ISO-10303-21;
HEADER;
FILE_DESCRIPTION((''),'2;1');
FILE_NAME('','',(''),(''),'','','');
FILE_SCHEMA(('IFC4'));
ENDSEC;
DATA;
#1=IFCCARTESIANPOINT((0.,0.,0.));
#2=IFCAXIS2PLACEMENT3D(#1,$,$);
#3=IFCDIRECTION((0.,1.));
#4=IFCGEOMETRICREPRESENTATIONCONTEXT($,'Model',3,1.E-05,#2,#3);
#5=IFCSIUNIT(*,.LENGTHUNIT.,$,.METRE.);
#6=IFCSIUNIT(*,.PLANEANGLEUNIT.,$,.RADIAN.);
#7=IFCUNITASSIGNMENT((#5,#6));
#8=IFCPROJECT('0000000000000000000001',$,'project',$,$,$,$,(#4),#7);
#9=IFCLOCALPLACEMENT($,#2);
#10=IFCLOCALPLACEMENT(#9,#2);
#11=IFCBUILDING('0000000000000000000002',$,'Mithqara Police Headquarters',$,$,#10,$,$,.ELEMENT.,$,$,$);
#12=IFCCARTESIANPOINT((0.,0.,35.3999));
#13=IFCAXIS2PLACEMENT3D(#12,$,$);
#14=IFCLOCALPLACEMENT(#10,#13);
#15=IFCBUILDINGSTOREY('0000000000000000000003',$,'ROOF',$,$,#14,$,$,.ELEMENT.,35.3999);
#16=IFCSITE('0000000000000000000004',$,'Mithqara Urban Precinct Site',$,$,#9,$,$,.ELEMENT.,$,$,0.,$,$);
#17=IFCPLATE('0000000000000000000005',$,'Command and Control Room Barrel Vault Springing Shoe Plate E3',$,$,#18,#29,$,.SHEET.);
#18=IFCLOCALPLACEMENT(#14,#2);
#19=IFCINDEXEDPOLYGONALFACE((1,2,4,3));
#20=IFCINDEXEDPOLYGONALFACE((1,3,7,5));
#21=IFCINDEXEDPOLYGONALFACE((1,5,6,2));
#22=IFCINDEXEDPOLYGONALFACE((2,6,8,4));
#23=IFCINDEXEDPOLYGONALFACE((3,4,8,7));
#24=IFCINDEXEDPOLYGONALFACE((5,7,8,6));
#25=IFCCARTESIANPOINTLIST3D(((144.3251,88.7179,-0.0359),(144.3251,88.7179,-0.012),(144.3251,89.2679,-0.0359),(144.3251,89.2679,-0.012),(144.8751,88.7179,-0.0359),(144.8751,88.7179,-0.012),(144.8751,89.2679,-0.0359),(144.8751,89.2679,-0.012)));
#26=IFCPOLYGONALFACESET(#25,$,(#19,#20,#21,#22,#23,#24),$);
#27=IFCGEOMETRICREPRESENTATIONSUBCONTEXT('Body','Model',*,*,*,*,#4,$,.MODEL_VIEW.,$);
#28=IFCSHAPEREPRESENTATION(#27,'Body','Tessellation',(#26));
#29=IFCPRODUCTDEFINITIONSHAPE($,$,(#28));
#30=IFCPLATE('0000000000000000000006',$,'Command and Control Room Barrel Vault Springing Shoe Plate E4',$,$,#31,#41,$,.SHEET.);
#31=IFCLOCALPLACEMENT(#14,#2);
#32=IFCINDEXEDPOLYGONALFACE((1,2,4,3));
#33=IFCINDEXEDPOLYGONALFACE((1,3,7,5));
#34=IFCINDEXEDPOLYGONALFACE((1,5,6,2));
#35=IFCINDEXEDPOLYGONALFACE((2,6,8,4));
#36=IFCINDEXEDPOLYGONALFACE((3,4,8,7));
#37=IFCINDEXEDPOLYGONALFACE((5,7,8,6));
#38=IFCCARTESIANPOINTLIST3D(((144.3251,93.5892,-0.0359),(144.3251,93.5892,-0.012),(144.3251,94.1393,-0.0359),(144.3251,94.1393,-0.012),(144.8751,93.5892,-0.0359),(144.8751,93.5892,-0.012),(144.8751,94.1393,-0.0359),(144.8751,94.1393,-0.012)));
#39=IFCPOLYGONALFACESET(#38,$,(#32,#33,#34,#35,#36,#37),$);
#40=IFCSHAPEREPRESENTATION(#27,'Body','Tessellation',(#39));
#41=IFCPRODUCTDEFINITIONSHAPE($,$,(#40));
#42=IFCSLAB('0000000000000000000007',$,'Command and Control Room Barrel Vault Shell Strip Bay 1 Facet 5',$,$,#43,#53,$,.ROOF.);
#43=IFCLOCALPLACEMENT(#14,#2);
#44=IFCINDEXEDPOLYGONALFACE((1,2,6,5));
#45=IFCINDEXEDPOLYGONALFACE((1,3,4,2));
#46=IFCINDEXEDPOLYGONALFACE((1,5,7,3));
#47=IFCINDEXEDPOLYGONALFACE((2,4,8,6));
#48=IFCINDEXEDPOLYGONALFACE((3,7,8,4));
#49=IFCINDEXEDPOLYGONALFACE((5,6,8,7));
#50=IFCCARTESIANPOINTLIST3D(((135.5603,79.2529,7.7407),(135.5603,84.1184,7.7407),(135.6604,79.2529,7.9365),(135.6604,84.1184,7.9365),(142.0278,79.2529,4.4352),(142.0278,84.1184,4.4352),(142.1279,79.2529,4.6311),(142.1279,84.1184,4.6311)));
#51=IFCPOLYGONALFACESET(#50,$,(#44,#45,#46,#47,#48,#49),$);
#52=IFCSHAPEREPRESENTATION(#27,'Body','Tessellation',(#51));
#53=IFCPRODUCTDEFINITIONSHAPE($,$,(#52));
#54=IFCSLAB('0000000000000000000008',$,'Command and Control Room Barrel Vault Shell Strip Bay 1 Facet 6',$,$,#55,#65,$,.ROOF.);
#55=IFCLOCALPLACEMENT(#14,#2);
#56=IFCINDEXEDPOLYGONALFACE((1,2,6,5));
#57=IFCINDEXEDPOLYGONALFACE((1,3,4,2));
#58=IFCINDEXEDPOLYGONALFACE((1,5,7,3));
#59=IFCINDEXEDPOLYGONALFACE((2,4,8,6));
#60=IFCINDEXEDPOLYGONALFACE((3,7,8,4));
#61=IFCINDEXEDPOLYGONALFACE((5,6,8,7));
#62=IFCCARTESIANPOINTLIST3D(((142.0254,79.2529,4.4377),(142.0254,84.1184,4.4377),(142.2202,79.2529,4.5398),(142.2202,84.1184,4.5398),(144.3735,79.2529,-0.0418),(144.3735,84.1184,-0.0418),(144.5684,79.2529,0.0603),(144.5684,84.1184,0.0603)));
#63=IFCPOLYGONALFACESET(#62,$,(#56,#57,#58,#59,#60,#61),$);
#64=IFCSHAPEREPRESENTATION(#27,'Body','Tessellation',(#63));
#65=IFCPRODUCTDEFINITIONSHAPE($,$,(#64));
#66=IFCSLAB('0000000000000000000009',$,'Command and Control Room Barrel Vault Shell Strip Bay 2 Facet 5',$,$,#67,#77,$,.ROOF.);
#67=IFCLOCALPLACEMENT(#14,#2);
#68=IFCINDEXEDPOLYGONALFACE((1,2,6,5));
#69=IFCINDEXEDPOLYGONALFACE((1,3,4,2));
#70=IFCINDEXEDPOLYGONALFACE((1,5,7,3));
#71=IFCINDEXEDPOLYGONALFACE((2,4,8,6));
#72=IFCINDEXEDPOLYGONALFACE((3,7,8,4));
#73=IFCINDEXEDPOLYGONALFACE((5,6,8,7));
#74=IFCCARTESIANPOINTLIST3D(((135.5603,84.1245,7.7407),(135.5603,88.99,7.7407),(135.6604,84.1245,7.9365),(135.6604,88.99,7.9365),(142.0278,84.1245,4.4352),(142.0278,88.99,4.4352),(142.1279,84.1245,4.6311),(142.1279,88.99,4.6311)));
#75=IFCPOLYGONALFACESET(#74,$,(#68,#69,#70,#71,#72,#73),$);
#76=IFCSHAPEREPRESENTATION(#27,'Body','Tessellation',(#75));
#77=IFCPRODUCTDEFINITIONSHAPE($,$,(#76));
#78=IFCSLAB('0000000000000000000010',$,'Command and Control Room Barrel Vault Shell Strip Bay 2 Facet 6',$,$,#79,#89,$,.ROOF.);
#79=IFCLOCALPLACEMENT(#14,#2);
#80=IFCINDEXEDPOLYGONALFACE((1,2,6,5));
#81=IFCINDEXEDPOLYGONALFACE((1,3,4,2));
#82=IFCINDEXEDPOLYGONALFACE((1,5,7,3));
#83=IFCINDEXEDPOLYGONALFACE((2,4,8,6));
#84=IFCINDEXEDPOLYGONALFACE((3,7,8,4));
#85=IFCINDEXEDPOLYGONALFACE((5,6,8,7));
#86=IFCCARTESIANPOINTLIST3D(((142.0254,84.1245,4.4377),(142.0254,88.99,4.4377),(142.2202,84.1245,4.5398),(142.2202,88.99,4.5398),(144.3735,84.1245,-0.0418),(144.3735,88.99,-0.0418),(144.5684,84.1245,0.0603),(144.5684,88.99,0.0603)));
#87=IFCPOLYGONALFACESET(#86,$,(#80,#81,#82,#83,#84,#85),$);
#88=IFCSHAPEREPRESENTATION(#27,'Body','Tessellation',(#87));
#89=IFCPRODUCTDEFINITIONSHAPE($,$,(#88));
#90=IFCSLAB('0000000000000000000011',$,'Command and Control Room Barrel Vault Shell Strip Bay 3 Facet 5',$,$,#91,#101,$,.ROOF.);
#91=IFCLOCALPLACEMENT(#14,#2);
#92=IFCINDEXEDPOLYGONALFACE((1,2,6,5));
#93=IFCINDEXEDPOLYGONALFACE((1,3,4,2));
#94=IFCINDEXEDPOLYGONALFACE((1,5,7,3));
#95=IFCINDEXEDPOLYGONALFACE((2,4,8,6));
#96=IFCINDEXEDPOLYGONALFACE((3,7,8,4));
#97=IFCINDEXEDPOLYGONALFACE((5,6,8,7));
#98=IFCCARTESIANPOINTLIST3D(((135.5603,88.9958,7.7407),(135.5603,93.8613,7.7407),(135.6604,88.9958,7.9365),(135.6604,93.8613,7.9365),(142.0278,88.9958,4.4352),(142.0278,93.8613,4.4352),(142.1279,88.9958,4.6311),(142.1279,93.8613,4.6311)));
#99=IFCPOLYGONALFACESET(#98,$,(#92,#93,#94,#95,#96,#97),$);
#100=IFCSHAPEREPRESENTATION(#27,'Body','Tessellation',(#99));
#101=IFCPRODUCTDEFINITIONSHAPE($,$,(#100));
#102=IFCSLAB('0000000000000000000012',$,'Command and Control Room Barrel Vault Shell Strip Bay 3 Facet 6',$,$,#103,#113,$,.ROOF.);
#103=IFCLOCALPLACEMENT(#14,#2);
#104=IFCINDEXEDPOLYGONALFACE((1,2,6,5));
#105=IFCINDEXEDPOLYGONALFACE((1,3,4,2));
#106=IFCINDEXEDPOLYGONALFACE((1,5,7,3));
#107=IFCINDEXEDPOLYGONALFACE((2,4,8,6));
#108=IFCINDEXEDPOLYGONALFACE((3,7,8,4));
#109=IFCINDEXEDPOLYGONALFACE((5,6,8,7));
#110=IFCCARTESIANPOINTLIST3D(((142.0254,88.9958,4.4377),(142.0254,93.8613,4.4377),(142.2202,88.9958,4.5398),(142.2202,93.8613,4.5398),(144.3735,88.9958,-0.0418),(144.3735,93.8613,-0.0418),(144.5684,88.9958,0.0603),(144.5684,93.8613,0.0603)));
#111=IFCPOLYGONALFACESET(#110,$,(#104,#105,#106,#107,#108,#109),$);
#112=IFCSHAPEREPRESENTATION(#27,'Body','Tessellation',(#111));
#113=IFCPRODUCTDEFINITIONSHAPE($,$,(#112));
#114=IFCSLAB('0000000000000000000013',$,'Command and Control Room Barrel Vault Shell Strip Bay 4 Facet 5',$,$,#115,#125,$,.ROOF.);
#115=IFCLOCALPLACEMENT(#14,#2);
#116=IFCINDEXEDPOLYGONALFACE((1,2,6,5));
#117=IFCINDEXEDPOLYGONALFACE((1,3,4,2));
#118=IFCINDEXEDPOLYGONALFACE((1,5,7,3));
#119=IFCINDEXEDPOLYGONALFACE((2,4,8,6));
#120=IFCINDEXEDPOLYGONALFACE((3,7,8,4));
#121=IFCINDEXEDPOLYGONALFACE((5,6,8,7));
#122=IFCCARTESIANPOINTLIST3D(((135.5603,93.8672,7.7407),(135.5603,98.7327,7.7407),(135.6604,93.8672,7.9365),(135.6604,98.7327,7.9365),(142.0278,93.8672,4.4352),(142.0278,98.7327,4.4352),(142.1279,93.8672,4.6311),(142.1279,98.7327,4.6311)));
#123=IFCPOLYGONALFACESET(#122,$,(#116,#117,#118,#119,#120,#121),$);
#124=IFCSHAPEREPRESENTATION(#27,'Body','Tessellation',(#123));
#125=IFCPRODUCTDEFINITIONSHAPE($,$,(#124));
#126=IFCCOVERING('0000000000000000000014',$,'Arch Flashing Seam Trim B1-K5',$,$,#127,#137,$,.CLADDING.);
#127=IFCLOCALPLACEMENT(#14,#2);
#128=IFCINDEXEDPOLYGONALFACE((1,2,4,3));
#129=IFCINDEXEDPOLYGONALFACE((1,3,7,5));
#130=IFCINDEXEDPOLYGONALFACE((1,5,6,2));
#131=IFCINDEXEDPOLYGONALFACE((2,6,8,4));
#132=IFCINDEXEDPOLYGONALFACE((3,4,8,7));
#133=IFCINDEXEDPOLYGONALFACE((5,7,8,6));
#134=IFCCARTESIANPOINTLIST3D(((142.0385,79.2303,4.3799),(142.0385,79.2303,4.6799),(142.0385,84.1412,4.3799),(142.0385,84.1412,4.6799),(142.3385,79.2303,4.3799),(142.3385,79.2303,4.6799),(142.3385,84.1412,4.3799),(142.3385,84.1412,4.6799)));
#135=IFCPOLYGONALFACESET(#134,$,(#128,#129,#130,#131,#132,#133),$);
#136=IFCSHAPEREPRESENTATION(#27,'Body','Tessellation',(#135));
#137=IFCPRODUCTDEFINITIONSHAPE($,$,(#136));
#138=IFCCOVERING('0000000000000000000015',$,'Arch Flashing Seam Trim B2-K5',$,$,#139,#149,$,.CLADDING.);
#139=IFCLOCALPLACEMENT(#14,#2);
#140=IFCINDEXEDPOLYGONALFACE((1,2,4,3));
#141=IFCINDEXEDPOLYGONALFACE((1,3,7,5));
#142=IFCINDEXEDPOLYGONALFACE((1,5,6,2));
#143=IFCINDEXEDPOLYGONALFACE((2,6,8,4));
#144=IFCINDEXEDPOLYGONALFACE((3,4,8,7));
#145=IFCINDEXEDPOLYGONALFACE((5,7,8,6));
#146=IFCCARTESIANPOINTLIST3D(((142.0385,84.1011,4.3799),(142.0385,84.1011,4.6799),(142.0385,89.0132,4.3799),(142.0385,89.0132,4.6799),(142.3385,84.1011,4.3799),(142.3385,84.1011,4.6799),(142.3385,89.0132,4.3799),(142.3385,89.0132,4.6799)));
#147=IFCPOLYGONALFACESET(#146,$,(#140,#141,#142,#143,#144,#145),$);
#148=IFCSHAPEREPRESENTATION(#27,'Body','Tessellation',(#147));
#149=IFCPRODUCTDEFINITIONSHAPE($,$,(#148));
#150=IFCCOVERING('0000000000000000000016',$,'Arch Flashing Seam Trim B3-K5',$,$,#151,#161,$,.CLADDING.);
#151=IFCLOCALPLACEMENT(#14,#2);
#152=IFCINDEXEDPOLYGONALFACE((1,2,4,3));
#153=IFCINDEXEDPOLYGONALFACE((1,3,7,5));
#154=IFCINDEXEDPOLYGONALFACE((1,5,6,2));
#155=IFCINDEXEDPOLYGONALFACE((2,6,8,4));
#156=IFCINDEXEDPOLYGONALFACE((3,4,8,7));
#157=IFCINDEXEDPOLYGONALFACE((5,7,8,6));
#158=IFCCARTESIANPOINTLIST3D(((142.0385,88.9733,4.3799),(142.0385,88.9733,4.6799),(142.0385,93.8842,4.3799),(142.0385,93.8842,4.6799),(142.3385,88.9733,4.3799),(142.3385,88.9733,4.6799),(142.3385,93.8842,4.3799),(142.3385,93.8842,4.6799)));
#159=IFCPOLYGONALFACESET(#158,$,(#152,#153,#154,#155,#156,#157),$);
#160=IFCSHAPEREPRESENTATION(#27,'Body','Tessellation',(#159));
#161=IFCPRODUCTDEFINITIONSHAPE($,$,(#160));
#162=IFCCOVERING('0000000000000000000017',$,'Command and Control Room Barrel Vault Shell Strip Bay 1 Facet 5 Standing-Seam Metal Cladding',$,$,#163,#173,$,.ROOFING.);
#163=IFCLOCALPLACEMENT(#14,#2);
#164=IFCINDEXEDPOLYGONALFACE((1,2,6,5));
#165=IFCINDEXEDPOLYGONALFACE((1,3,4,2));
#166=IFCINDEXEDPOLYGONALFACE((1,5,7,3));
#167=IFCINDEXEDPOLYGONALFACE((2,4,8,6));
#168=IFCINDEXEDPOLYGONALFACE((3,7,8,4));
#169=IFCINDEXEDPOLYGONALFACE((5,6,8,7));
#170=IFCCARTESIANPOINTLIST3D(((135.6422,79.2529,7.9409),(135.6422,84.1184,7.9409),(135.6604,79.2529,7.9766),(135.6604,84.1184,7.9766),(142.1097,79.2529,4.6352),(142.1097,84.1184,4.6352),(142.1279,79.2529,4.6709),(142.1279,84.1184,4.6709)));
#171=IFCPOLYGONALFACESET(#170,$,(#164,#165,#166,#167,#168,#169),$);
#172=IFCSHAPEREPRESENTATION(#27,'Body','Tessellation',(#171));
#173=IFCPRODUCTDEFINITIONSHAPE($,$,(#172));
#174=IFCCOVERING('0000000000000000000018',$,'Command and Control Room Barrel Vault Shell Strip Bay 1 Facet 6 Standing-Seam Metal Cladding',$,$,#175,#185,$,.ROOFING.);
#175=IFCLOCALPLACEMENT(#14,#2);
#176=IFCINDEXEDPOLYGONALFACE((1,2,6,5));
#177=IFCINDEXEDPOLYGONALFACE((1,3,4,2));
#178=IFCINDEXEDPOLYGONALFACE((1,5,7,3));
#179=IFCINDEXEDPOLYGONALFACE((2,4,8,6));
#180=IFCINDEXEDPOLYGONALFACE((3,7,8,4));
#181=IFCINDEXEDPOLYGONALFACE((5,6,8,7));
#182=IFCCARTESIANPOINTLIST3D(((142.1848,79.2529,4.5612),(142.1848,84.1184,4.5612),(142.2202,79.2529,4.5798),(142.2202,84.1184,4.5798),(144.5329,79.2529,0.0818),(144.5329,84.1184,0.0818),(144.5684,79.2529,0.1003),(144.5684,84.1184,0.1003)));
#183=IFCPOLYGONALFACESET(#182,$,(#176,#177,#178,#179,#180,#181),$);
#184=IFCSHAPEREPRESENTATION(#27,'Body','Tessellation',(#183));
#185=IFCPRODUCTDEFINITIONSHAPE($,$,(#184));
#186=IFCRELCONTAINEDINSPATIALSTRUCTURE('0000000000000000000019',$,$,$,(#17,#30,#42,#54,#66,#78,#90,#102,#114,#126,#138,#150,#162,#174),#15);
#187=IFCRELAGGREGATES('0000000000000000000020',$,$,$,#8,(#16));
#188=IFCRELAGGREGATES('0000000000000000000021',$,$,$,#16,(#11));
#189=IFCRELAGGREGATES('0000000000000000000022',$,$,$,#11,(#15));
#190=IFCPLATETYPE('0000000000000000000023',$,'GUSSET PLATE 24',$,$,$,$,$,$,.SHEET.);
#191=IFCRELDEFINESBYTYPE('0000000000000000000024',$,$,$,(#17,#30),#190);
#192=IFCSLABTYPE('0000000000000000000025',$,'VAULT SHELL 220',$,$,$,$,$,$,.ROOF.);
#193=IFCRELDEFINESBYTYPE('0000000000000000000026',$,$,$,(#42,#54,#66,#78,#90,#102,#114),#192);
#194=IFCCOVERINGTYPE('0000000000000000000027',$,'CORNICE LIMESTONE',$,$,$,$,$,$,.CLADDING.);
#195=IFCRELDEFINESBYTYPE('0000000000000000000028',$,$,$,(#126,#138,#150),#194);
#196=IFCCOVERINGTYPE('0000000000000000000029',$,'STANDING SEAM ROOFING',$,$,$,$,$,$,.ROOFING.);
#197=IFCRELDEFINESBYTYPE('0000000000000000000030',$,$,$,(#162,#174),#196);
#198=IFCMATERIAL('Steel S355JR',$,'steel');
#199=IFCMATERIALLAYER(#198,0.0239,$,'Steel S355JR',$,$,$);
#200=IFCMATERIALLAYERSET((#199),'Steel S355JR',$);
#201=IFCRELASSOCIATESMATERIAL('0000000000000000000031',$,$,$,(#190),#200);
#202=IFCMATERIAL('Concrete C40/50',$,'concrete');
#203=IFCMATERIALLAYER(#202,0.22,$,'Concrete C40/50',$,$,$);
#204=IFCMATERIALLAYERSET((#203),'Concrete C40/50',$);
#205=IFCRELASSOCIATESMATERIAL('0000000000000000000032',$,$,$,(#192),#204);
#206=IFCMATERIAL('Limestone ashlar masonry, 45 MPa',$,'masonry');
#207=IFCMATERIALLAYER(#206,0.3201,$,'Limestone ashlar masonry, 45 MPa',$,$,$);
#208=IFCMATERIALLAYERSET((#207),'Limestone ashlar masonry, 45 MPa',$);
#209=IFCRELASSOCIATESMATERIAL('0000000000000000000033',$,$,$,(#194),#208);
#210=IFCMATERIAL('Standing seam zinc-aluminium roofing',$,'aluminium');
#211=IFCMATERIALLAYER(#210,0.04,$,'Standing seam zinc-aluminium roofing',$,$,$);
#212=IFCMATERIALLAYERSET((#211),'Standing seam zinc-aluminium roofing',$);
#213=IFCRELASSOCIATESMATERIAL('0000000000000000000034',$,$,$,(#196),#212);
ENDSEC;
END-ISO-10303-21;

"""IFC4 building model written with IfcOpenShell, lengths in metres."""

from ifc_helpers import new_model, si_unit, direction, frame, origin, origin_2d, place, context, subcontext, project, spatial, polyline, rectangle, outline, extrude, material, layer, layer_set, type_object, element, save


model = new_model("IFC4")

# Units and contexts
model_context = context("Model", 3, precision=1e-05, world=origin(), true_north=direction((0.0, 1.0)))
body_context = subcontext(model_context, "Body", "Model", "MODEL_VIEW")
ifc_project = project(units=[si_unit("LENGTHUNIT", "METRE"), si_unit("PLANEANGLEUNIT", "RADIAN")], contexts=[model_context])

# Site, building, storey
site_placement = place(None, origin())
site = spatial("IfcSite", under=ifc_project, at=site_placement, Name="Mithqara Urban Precinct Site", CompositionType="ELEMENT", RefElevation=0.0)
building_placement = place(site_placement, origin())
building = spatial("IfcBuilding", under=site, at=building_placement, Name="Mithqara Police Headquarters", CompositionType="ELEMENT")
storey_placement = place(building_placement, frame((0.0, 0.0, 35.3999)))
storey = spatial("IfcBuildingStorey", under=building, at=storey_placement, Name="ROOF", CompositionType="ELEMENT", Elevation=35.3999)

# Shared definitions
ifc_material_1 = material(Name="Steel S355JR", Category="steel")

# Plates
ifc_layer_1 = layer(ifc_material_1, 0.0239, Name="Steel S355JR")
ifc_layer_set_1 = layer_set([ifc_layer_1], Name="Steel S355JR")
plate_type_1 = type_object("IfcPlateType", Name="GUSSET PLATE 24", PredefinedType="SHEET", material=ifc_layer_set_1)
for number, where, z_axis, x_axis, name in (
    (1, (144.6001, 88.9929, -0.0359), (0.0, 0.0, 1.0), (1.0, 0.0, 0.0), "Command and Control Room Barrel Vault Springing Shoe Plate E3"),
    (2, (144.6001, 93.8643, -0.0359), (0.0, 0.0, 1.0), (1.0, 0.0, 0.0), "Command and Control Room Barrel Vault Springing Shoe Plate E4"),
):
    element("IfcPlate", number, at=place(storey_placement, frame(where, z_axis=z_axis, x_axis=x_axis)), inside=storey, type_object=plate_type_1, Name=name, PredefinedType="SHEET", context=body_context, shape_type="SweptSolid", body=[
        extrude(rectangle(XDim=0.55, YDim=0.55, at=origin_2d()), origin(), (0.0, 0.0, 1.0), 0.0239),
    ])

# Slabs
ifc_material_2 = material(Name="Concrete C40/50", Category="concrete")
ifc_layer_2 = layer(ifc_material_2, 0.22, Name="Concrete C40/50")
ifc_layer_set_2 = layer_set([ifc_layer_2], Name="Concrete C40/50")
slab_type = type_object("IfcSlabType", Name="VAULT SHELL 220", PredefinedType="ROOF", material=ifc_layer_set_2)
slab_1_placement = place(storey_placement, frame((135.6604, 79.2529, 7.9365), z_axis=(0.455089, 0.0, 0.890446), x_axis=(0.890446, 0.0, -0.455089)))
element("IfcSlab", 3, at=slab_1_placement, inside=storey, type_object=slab_type, Name="Command and Control Room Barrel Vault Shell Strip Bay 1 Facet 5", PredefinedType="ROOF", context=body_context, shape_type="SweptSolid", body=[
    extrude(outline(polyline([(0.0, 0.0), (7.2632, 0.0), (7.2632, 4.8655), (0.0, 4.8655), (0.0, 0.0)])), origin(), (0.0, 0.0, -1.0), 0.22),
])
slab_2_placement = place(storey_placement, frame((142.2202, 79.2529, 4.5398), z_axis=(0.88569, 0.0, 0.464278), x_axis=(0.464278, 0.0, -0.88569)))
element("IfcSlab", 4, at=slab_2_placement, inside=storey, type_object=slab_type, Name="Command and Control Room Barrel Vault Shell Strip Bay 1 Facet 6", PredefinedType="ROOF", context=body_context, shape_type="SweptSolid", body=[
    extrude(outline(polyline([(0.0, 0.0), (5.0576, 0.0), (5.0576, 4.8655), (0.0, 4.8655), (0.0, 0.0)])), origin(), (0.0, 0.0, -1.0), 0.22),
])
slab_3_placement = place(storey_placement, frame((135.6604, 84.1245, 7.9365), z_axis=(0.455089, 0.0, 0.890446), x_axis=(0.890446, 0.0, -0.455089)))
element("IfcSlab", 5, at=slab_3_placement, inside=storey, type_object=slab_type, Name="Command and Control Room Barrel Vault Shell Strip Bay 2 Facet 5", PredefinedType="ROOF", context=body_context, shape_type="SweptSolid", body=[
    extrude(outline(polyline([(0.0, 0.0), (7.2632, 0.0), (7.2632, 4.8655), (0.0, 4.8655), (0.0, 0.0)])), origin(), (0.0, 0.0, -1.0), 0.22),
])
slab_4_placement = place(storey_placement, frame((142.2202, 84.1245, 4.5398), z_axis=(0.88569, 0.0, 0.464278), x_axis=(0.464278, 0.0, -0.88569)))
element("IfcSlab", 6, at=slab_4_placement, inside=storey, type_object=slab_type, Name="Command and Control Room Barrel Vault Shell Strip Bay 2 Facet 6", PredefinedType="ROOF", context=body_context, shape_type="SweptSolid", body=[
    extrude(outline(polyline([(0.0, 0.0), (5.0576, 0.0), (5.0576, 4.8655), (0.0, 4.8655), (0.0, 0.0)])), origin(), (0.0, 0.0, -1.0), 0.22),
])
slab_5_placement = place(storey_placement, frame((135.6604, 88.9958, 7.9365), z_axis=(0.455089, 0.0, 0.890446), x_axis=(0.890446, 0.0, -0.455089)))
element("IfcSlab", 7, at=slab_5_placement, inside=storey, type_object=slab_type, Name="Command and Control Room Barrel Vault Shell Strip Bay 3 Facet 5", PredefinedType="ROOF", context=body_context, shape_type="SweptSolid", body=[
    extrude(outline(polyline([(0.0, 0.0), (7.2632, 0.0), (7.2632, 4.8655), (0.0, 4.8655), (0.0, 0.0)])), origin(), (0.0, 0.0, -1.0), 0.22),
])
slab_6_placement = place(storey_placement, frame((142.2202, 88.9958, 4.5398), z_axis=(0.88569, 0.0, 0.464278), x_axis=(0.464278, 0.0, -0.88569)))
element("IfcSlab", 8, at=slab_6_placement, inside=storey, type_object=slab_type, Name="Command and Control Room Barrel Vault Shell Strip Bay 3 Facet 6", PredefinedType="ROOF", context=body_context, shape_type="SweptSolid", body=[
    extrude(outline(polyline([(0.0, 0.0), (5.0576, 0.0), (5.0576, 4.8655), (0.0, 4.8655), (0.0, 0.0)])), origin(), (0.0, 0.0, -1.0), 0.22),
])
slab_7_placement = place(storey_placement, frame((135.6604, 93.8672, 7.9365), z_axis=(0.455089, 0.0, 0.890446), x_axis=(0.890446, 0.0, -0.455089)))
element("IfcSlab", 9, at=slab_7_placement, inside=storey, type_object=slab_type, Name="Command and Control Room Barrel Vault Shell Strip Bay 4 Facet 5", PredefinedType="ROOF", context=body_context, shape_type="SweptSolid", body=[
    extrude(outline(polyline([(0.0, 0.0), (7.2632, 0.0), (7.2632, 4.8655), (0.0, 4.8655), (0.0, 0.0)])), origin(), (0.0, 0.0, -1.0), 0.22),
])

# Coverings
ifc_material_3 = material(Name="Limestone ashlar masonry, 45 MPa", Category="masonry")
ifc_layer_3 = layer(ifc_material_3, 0.3201, Name="Limestone ashlar masonry, 45 MPa")
ifc_layer_set_3 = layer_set([ifc_layer_3], Name="Limestone ashlar masonry, 45 MPa")
covering_type_1 = type_object("IfcCoveringType", Name="CORNICE LIMESTONE", PredefinedType="CLADDING", material=ifc_layer_set_3)
covering_1_placement = place(storey_placement, frame((142.1885, 81.6858, 4.3799), z_axis=(0.0, 0.0, 1.0), x_axis=(1.0, 0.0, 0.0)))
element("IfcCovering", 10, at=covering_1_placement, inside=storey, type_object=covering_type_1, Name="Arch Flashing Seam Trim B1-K5", PredefinedType="CLADDING", context=body_context, shape_type="SweptSolid", body=[
    extrude(rectangle(XDim=0.3, YDim=4.9109, at=origin_2d()), origin(), (0.0, 0.0, 1.0), 0.3),
])
covering_2_placement = place(storey_placement, frame((142.1885, 86.5571, 4.3799), z_axis=(0.0, 0.0, 1.0), x_axis=(1.0, 0.0, 0.0)))
element("IfcCovering", 11, at=covering_2_placement, inside=storey, type_object=covering_type_1, Name="Arch Flashing Seam Trim B2-K5", PredefinedType="CLADDING", context=body_context, shape_type="SweptSolid", body=[
    extrude(rectangle(XDim=0.3, YDim=4.9121, at=origin_2d()), origin(), (0.0, 0.0, 1.0), 0.3),
])
covering_3_placement = place(storey_placement, frame((142.1885, 91.4287, 4.3799), z_axis=(0.0, 0.0, 1.0), x_axis=(1.0, 0.0, 0.0)))
element("IfcCovering", 12, at=covering_3_placement, inside=storey, type_object=covering_type_1, Name="Arch Flashing Seam Trim B3-K5", PredefinedType="CLADDING", context=body_context, shape_type="SweptSolid", body=[
    extrude(rectangle(XDim=0.3, YDim=4.9109, at=origin_2d()), origin(), (0.0, 0.0, 1.0), 0.3),
])
ifc_material_4 = material(Name="Standing seam zinc-aluminium roofing", Category="aluminium")
ifc_layer_4 = layer(ifc_material_4, 0.04, Name="Standing seam zinc-aluminium roofing")
ifc_layer_set_4 = layer_set([ifc_layer_4], Name="Standing seam zinc-aluminium roofing")
covering_type_2 = type_object("IfcCoveringType", Name="STANDING SEAM ROOFING", PredefinedType="ROOFING", material=ifc_layer_set_4)
covering_4_placement = place(storey_placement, frame((135.6604, 79.2529, 7.9766), z_axis=(0.455115, 0.0, 0.890433), x_axis=(0.890433, 0.0, -0.455115)))
element("IfcCovering", 13, at=covering_4_placement, inside=storey, type_object=covering_type_2, Name="Command and Control Room Barrel Vault Shell Strip Bay 1 Facet 5 Standing-Seam Metal Cladding", PredefinedType="ROOFING", context=body_context, shape_type="SweptSolid", body=[
    extrude(outline(polyline([(0.0, 0.0), (7.2634, 0.0), (7.2634, 4.8655), (0.0, 4.8655), (0.0, 0.0)])), origin(), (0.0, 0.0, -1.0), 0.04),
])
covering_5_placement = place(storey_placement, frame((142.2202, 79.2529, 4.5798), z_axis=(0.88569, 0.0, 0.464278), x_axis=(0.464278, 0.0, -0.88569)))
element("IfcCovering", 14, at=covering_5_placement, inside=storey, type_object=covering_type_2, Name="Command and Control Room Barrel Vault Shell Strip Bay 1 Facet 6 Standing-Seam Metal Cladding", PredefinedType="ROOFING", context=body_context, shape_type="SweptSolid", body=[
    extrude(outline(polyline([(0.0, 0.0), (5.0576, 0.0), (5.0576, 4.8655), (0.0, 4.8655), (0.0, 0.0)])), origin(), (0.0, 0.0, -1.0), 0.04),
])

save(model, "model.ifc")
